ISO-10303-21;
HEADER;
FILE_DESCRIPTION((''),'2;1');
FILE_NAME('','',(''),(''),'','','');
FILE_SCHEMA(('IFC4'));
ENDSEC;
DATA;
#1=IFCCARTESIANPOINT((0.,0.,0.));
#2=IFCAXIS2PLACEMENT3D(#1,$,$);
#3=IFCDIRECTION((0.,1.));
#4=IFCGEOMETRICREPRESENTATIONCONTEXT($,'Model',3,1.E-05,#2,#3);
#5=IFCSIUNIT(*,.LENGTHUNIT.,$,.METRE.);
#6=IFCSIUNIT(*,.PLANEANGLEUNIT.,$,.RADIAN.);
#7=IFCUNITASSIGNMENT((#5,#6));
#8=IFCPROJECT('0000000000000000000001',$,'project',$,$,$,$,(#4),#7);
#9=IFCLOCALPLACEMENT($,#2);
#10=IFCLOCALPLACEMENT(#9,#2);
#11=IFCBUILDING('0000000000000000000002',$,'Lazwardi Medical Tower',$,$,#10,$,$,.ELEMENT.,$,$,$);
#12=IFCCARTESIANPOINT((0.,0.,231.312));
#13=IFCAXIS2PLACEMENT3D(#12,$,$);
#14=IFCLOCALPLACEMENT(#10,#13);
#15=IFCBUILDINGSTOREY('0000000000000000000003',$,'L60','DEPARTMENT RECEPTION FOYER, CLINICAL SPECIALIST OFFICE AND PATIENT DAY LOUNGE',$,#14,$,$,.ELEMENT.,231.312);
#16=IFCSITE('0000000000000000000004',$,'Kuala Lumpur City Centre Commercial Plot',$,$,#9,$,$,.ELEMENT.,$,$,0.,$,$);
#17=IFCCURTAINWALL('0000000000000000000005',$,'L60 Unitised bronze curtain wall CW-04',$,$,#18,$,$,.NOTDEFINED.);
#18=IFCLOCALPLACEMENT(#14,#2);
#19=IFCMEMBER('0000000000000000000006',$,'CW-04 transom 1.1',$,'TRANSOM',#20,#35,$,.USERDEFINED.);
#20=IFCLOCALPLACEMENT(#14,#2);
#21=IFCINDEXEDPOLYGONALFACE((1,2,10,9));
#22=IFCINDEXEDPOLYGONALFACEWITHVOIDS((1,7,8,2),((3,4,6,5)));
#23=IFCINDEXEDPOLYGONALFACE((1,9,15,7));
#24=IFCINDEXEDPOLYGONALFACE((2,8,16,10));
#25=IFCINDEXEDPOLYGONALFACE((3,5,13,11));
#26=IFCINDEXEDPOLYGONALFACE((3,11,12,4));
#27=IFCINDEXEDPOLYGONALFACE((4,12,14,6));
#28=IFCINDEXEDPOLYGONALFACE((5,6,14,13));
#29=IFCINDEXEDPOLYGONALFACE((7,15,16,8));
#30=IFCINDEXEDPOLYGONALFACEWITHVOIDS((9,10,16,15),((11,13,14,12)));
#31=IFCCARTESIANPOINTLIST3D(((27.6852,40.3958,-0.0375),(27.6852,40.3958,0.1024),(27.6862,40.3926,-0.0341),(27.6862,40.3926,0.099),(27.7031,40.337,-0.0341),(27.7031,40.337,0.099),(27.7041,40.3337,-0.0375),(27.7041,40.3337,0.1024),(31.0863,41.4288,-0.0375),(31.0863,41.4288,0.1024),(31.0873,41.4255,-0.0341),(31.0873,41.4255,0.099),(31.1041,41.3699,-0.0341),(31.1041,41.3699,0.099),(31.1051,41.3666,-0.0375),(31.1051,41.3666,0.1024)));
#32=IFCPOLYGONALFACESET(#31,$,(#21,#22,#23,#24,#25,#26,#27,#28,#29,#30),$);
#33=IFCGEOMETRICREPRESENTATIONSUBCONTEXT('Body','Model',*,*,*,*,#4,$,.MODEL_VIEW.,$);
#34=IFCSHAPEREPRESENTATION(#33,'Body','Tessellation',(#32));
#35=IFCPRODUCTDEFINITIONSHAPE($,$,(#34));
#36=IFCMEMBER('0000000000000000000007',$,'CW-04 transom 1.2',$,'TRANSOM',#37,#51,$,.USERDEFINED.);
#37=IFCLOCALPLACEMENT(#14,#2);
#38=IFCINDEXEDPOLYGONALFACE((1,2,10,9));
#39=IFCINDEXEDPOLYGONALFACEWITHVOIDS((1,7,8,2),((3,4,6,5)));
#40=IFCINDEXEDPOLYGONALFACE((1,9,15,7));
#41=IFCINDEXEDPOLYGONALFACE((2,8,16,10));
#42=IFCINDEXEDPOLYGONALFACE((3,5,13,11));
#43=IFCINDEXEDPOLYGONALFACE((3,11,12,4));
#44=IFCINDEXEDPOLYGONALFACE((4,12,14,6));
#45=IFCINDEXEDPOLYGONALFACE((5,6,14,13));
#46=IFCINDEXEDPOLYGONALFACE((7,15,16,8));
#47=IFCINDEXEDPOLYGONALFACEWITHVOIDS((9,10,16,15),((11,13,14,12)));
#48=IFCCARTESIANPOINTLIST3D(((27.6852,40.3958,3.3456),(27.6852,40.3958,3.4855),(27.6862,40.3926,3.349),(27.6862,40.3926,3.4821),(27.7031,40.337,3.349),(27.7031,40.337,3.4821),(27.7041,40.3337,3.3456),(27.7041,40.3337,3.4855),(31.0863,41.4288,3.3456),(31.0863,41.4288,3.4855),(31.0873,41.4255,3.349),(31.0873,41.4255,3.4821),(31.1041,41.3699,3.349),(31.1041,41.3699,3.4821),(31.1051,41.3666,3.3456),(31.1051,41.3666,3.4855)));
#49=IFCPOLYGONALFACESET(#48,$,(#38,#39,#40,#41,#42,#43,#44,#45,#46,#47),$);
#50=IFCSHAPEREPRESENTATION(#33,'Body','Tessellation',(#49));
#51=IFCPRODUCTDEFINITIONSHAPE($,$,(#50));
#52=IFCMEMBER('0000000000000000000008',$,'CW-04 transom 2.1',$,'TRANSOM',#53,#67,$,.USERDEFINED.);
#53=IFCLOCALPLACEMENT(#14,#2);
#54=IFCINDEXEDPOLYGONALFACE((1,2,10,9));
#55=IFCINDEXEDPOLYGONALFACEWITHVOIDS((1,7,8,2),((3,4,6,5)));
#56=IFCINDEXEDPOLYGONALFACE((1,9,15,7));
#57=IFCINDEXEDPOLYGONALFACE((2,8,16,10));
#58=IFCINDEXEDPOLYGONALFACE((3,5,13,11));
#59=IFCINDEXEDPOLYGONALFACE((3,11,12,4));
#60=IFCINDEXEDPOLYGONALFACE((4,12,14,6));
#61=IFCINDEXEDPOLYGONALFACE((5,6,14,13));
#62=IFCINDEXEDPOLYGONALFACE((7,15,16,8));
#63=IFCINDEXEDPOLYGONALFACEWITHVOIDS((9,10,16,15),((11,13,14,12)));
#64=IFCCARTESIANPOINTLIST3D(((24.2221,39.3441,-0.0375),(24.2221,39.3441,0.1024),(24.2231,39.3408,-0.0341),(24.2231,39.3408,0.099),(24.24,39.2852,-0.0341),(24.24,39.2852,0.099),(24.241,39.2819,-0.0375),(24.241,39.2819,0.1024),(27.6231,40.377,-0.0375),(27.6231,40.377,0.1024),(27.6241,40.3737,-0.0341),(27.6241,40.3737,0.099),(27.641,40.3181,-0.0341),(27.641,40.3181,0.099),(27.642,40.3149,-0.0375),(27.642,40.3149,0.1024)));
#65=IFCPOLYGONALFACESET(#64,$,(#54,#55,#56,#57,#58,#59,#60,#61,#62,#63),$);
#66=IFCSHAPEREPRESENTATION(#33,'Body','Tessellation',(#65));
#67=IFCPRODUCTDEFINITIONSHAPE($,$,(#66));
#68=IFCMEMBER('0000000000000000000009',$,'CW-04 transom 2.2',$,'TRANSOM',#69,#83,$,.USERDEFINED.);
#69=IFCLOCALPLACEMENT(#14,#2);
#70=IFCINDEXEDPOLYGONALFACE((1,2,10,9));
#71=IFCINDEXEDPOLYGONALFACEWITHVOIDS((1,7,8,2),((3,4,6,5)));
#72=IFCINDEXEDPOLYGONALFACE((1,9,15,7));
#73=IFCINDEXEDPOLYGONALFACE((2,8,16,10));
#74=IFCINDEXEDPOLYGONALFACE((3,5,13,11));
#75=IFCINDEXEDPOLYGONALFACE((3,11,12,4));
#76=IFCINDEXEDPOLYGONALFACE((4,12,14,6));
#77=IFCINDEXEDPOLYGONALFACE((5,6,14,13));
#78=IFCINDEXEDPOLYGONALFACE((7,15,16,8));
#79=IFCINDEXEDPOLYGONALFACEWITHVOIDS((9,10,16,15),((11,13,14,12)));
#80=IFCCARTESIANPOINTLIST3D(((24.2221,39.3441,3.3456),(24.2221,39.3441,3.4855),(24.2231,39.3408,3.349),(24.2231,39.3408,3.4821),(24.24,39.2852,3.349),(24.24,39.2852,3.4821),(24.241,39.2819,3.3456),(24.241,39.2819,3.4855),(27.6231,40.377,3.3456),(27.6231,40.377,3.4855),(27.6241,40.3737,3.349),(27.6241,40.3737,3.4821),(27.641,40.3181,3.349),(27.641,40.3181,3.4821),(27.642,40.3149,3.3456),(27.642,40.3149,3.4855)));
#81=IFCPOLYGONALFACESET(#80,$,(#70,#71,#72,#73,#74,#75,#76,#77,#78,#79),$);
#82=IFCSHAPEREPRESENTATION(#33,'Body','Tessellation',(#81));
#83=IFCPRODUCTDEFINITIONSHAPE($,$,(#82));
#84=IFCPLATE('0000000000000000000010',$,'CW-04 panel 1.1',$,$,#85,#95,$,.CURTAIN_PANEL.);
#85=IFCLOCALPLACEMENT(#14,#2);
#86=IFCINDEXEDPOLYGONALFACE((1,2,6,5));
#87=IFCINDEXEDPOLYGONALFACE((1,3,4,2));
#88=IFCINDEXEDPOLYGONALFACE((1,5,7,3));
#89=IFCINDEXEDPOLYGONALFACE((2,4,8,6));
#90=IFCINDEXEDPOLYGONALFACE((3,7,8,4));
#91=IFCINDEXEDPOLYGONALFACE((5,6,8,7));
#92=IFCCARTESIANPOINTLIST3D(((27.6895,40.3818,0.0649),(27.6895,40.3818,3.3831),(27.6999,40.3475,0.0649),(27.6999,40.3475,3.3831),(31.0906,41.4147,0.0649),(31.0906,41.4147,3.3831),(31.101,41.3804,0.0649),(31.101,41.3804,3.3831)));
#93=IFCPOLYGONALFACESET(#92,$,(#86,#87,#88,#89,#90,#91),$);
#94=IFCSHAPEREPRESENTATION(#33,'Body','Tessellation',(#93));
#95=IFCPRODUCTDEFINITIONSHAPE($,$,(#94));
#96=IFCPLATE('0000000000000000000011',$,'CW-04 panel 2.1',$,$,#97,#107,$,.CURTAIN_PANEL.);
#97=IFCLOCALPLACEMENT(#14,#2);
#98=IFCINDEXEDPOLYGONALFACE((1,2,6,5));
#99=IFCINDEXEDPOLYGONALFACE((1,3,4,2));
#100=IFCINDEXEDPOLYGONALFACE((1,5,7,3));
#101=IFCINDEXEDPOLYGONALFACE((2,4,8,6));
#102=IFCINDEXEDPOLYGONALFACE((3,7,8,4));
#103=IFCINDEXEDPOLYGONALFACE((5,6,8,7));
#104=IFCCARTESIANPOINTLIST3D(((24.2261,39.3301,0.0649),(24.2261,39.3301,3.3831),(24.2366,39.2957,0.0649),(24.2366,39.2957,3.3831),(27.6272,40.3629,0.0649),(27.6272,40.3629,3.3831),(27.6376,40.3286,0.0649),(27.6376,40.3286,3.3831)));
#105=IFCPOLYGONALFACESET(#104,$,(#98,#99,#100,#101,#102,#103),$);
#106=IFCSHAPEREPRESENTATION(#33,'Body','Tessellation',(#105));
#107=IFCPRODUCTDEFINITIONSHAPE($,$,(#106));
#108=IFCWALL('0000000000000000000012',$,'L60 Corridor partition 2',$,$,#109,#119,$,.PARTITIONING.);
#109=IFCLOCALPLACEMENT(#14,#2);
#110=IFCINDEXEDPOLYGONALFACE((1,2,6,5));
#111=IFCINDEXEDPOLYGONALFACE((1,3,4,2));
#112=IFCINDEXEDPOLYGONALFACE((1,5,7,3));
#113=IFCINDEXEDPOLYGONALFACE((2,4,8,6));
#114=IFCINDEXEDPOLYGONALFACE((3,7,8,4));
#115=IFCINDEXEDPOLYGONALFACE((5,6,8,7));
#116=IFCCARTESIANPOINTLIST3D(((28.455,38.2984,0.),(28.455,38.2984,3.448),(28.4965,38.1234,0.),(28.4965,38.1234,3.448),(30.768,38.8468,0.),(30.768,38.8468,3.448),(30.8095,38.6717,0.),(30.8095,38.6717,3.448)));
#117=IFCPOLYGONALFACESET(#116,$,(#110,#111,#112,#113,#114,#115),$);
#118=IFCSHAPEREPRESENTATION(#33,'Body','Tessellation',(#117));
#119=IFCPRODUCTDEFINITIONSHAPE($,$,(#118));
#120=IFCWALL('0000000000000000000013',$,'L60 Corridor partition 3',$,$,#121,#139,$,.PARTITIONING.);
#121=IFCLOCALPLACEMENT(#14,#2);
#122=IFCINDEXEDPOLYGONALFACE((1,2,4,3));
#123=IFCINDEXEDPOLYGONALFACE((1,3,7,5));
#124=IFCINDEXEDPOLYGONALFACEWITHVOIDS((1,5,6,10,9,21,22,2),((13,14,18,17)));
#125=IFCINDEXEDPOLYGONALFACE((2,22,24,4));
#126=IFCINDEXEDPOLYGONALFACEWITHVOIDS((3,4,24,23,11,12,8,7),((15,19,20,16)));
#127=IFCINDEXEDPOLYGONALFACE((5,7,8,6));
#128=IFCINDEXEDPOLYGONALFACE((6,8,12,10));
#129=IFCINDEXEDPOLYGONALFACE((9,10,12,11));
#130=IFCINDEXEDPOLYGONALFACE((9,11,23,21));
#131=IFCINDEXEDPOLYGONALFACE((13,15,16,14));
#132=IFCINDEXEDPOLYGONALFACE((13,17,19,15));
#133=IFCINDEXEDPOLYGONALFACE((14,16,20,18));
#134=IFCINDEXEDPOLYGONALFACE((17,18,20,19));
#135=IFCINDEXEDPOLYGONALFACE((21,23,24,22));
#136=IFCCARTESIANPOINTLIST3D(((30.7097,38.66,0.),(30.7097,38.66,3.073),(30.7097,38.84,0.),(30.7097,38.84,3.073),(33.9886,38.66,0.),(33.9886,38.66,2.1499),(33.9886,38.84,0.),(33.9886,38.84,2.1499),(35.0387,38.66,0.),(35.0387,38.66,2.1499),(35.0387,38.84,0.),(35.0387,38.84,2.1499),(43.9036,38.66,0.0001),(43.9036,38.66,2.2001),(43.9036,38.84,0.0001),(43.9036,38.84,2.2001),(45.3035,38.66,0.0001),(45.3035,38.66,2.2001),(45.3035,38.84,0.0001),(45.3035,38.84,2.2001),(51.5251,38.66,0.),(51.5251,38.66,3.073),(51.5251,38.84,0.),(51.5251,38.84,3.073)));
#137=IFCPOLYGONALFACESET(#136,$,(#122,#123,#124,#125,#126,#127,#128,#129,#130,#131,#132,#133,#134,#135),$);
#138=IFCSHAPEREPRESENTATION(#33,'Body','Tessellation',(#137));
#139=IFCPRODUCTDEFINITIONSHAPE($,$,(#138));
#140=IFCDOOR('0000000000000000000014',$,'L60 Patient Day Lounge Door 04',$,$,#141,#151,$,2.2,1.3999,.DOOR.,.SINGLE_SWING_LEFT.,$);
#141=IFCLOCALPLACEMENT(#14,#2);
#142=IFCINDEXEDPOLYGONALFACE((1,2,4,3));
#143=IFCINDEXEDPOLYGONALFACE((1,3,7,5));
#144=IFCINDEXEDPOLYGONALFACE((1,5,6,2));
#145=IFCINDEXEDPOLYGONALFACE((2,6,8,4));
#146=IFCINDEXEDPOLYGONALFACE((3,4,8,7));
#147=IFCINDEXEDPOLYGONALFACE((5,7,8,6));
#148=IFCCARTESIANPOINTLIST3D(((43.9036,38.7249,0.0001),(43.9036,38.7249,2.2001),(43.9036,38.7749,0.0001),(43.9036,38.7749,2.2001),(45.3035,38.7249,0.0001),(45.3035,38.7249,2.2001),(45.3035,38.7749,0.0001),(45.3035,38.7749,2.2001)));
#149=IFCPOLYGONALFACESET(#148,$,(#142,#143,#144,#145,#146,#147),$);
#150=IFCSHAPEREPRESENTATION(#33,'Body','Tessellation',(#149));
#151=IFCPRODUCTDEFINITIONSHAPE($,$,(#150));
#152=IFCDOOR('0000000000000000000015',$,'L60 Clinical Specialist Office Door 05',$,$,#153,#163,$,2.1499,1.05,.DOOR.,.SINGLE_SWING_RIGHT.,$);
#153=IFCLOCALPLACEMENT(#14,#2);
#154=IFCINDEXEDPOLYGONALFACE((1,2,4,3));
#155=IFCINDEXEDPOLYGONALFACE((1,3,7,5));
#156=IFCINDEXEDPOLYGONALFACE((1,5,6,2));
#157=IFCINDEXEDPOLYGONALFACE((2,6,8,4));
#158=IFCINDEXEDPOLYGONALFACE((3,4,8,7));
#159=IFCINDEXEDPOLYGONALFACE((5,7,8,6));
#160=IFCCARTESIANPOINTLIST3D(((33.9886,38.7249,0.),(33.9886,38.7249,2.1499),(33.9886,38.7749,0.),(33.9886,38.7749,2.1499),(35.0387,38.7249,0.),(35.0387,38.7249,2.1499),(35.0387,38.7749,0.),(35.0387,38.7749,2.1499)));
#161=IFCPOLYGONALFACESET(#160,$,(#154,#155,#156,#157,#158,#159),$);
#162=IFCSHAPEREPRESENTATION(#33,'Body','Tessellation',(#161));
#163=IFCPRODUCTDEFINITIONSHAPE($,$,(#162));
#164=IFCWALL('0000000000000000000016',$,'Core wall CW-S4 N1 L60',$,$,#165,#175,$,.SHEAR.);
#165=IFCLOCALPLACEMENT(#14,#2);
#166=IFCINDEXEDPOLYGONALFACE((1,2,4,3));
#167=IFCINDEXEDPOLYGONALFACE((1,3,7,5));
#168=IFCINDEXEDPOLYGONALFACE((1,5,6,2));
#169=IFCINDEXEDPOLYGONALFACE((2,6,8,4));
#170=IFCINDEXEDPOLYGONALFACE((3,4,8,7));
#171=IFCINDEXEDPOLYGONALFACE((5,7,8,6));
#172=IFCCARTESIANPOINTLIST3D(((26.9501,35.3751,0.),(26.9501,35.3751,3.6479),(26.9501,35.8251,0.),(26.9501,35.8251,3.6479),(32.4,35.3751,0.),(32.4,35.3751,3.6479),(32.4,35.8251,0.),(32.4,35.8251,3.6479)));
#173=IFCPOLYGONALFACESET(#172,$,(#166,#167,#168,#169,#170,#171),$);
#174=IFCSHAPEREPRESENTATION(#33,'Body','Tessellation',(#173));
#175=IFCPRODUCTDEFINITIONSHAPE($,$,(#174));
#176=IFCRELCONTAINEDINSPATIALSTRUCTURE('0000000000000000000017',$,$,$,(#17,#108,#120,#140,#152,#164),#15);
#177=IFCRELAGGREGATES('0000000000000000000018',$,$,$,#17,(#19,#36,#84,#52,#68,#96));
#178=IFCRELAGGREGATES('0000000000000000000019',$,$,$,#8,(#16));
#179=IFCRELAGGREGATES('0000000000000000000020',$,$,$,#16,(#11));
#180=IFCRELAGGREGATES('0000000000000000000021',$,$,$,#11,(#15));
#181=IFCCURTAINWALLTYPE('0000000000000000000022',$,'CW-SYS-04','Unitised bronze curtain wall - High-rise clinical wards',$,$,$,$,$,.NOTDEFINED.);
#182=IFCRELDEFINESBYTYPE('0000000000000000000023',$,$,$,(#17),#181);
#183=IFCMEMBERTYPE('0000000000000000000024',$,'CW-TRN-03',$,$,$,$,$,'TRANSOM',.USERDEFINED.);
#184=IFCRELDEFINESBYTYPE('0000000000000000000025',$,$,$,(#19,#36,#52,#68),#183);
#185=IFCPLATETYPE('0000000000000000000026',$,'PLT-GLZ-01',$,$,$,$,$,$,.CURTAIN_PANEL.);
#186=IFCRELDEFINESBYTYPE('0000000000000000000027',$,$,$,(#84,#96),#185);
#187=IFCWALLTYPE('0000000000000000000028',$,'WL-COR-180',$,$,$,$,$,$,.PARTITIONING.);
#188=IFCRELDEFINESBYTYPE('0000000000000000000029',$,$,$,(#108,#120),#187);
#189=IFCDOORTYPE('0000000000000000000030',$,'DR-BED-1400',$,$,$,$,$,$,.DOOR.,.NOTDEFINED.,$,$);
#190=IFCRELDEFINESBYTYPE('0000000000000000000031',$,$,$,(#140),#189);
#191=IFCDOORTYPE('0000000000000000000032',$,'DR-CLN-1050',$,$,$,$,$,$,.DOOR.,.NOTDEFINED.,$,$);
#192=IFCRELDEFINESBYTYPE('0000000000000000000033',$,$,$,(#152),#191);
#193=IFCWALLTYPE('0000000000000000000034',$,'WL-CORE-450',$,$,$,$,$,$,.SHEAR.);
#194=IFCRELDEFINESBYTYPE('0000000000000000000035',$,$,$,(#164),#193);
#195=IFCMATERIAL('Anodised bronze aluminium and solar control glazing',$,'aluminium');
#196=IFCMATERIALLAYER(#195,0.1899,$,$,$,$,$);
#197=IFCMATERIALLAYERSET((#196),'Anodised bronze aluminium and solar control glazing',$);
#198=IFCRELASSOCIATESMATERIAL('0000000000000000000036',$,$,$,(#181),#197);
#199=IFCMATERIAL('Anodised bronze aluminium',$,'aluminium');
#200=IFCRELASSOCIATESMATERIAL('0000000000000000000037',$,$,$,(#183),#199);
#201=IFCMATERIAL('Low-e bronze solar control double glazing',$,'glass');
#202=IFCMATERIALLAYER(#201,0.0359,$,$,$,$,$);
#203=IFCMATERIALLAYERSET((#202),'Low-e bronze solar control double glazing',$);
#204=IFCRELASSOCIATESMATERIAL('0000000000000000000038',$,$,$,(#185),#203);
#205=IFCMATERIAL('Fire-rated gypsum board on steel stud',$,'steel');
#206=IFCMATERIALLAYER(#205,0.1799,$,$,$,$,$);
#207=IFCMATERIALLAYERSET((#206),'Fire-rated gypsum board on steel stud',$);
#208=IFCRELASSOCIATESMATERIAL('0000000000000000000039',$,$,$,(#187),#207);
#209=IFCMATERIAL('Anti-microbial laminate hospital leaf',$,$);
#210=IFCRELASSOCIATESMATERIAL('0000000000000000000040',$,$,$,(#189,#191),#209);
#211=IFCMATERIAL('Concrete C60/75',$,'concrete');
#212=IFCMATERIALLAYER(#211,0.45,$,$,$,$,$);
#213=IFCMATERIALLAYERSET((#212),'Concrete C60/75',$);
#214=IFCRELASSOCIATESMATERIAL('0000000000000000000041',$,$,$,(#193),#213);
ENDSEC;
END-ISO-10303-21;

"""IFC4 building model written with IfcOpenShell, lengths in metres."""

from ifc_helpers import new_model, si_unit, direction, frame, frame_2d, origin, origin_2d, place, context, subcontext, project, spatial, rectangle, hollow_rectangle, extrude, material, layer, layer_set, material_profile, profile_set, type_object, element, fill, aggregate, save


model = new_model("IFC4")

# Units and contexts
model_context = context("Model", 3, precision=1e-05, world=origin(), true_north=direction((0.0, 1.0)))
body_context = subcontext(model_context, "Body", "Model", "MODEL_VIEW")
ifc_project = project(units=[si_unit("LENGTHUNIT", "METRE"), si_unit("PLANEANGLEUNIT", "RADIAN")], contexts=[model_context])

# Site, building, storey
site_placement = place(None, origin())
site = spatial("IfcSite", under=ifc_project, at=site_placement, Name="Kuala Lumpur City Centre Commercial Plot", CompositionType="ELEMENT", RefElevation=0.0)
building_placement = place(site_placement, origin())
building = spatial("IfcBuilding", under=site, at=building_placement, Name="Lazwardi Medical Tower", CompositionType="ELEMENT")
storey_placement = place(building_placement, frame((0.0, 0.0, 231.312)))
storey = spatial("IfcBuildingStorey", under=building, at=storey_placement, Name="L60", Description="DEPARTMENT RECEPTION FOYER, CLINICAL SPECIALIST OFFICE AND PATIENT DAY LOUNGE", CompositionType="ELEMENT", Elevation=231.312)

# Shared definitions
ifc_material_1 = material(Name="Concrete C60/75", Category="concrete")

# Curtain wall, members, plates
ifc_material_2 = material(Name="Anodised bronze aluminium and solar control glazing", Category="aluminium")
ifc_layer_1 = layer(ifc_material_2, 0.1899)
ifc_layer_set_1 = layer_set([ifc_layer_1], Name="Anodised bronze aluminium and solar control glazing")
curtain_wall_type = type_object("IfcCurtainWallType", Name="CW-SYS-04", Description="Unitised bronze curtain wall - High-rise clinical wards", PredefinedType="NOTDEFINED", material=ifc_layer_set_1)
curtain_wall_placement = place(storey_placement, origin())
curtain_wall = element("IfcCurtainWall", 1, at=curtain_wall_placement, inside=storey, type_object=curtain_wall_type, Name="L60 Unitised bronze curtain wall CW-04", PredefinedType="NOTDEFINED")
ifc_material_3 = material(Name="Anodised bronze aluminium", Category="aluminium")
ifc_material_profile_1 = material_profile(ifc_material_3, hollow_rectangle(XDim=0.0649, YDim=0.1399, WallThickness=0.0034, at=origin_2d()), Name="ALU-TRANSOM 140x65x3.5")
ifc_profile_set_1 = profile_set([ifc_material_profile_1], Name="Anodised bronze aluminium")
member_type_1 = type_object("IfcMemberType", Name="CW-TRN-03", ElementType="TRANSOM", PredefinedType="USERDEFINED", material=ifc_profile_set_1)
member_1_placement = place(storey_placement, frame((31.0957, 41.3977, 0.0325), z_axis=(-0.956843, -0.290604, 0.0), x_axis=(0.290604, -0.956843, 0.0)))
member_1 = element("IfcMember", 2, at=member_1_placement, type_object=member_type_1, Name="CW-04 transom 1.1", ObjectType="TRANSOM", PredefinedType="USERDEFINED", context=body_context, shape_type="SweptSolid", body=[
    extrude(hollow_rectangle(XDim=0.0649, YDim=0.1399, WallThickness=0.0034, at=origin_2d()), origin(), (0.0, 0.0, 1.0), 3.5544),
])
member_2_placement = place(storey_placement, frame((31.0957, 41.3977, 3.4155), z_axis=(-0.956843, -0.290604, 0.0), x_axis=(0.290604, -0.956843, 0.0)))
member_2 = element("IfcMember", 3, at=member_2_placement, type_object=member_type_1, Name="CW-04 transom 1.2", ObjectType="TRANSOM", PredefinedType="USERDEFINED", context=body_context, shape_type="SweptSolid", body=[
    extrude(hollow_rectangle(XDim=0.0649, YDim=0.1399, WallThickness=0.0034, at=origin_2d()), origin(), (0.0, 0.0, 1.0), 3.5544),
])
member_3_placement = place(storey_placement, frame((27.6326, 40.3459, 0.0325), z_axis=(-0.956843, -0.290604, 0.0), x_axis=(0.290604, -0.956843, 0.0)))
member_3 = element("IfcMember", 4, at=member_3_placement, type_object=member_type_1, Name="CW-04 transom 2.1", ObjectType="TRANSOM", PredefinedType="USERDEFINED", context=body_context, shape_type="SweptSolid", body=[
    extrude(hollow_rectangle(XDim=0.0649, YDim=0.1399, WallThickness=0.0034, at=origin_2d()), origin(), (0.0, 0.0, 1.0), 3.5544),
])
member_4_placement = place(storey_placement, frame((27.6326, 40.3459, 3.4155), z_axis=(-0.956843, -0.290604, 0.0), x_axis=(0.290604, -0.956843, 0.0)))
member_4 = element("IfcMember", 5, at=member_4_placement, type_object=member_type_1, Name="CW-04 transom 2.2", ObjectType="TRANSOM", PredefinedType="USERDEFINED", context=body_context, shape_type="SweptSolid", body=[
    extrude(hollow_rectangle(XDim=0.0649, YDim=0.1399, WallThickness=0.0034, at=origin_2d()), origin(), (0.0, 0.0, 1.0), 3.5544),
])
ifc_material_4 = material(Name="Low-e bronze solar control double glazing", Category="glass")
ifc_layer_2 = layer(ifc_material_4, 0.0359)
ifc_layer_set_2 = layer_set([ifc_layer_2], Name="Low-e bronze solar control double glazing")
plate_type = type_object("IfcPlateType", Name="PLT-GLZ-01", PredefinedType="CURTAIN_PANEL", material=ifc_layer_set_2)
plate_1_placement = place(storey_placement, frame((29.3953, 40.8811, 0.0649), z_axis=(0.0, 0.0, 1.0), x_axis=(-0.95685, -0.290582, 0.0)))
plate_1 = element("IfcPlate", 6, at=plate_1_placement, type_object=plate_type, Name="CW-04 panel 1.1", PredefinedType="CURTAIN_PANEL", context=body_context, shape_type="SweptSolid", body=[
    extrude(rectangle(XDim=3.5544, YDim=0.0359, at=origin_2d()), origin(), (0.0, 0.0, 1.0), 3.3181),
])
plate_2_placement = place(storey_placement, frame((25.9319, 39.8293, 0.0649), z_axis=(0.0, 0.0, 1.0), x_axis=(-0.95685, -0.290582, 0.0)))
plate_2 = element("IfcPlate", 7, at=plate_2_placement, type_object=plate_type, Name="CW-04 panel 2.1", PredefinedType="CURTAIN_PANEL", context=body_context, shape_type="SweptSolid", body=[
    extrude(rectangle(XDim=3.5544, YDim=0.0359, at=origin_2d()), origin(), (0.0, 0.0, 1.0), 3.3181),
])
aggregate(curtain_wall, [member_1, member_2, plate_1, member_3, member_4, plate_2])

# Wall
ifc_material_5 = material(Name="Fire-rated gypsum board on steel stud", Category="steel")
ifc_layer_3 = layer(ifc_material_5, 0.1799)
ifc_layer_set_3 = layer_set([ifc_layer_3], Name="Fire-rated gypsum board on steel stud")
wall_type_1 = type_object("IfcWallType", Name="WL-COR-180", PredefinedType="PARTITIONING", material=ifc_layer_set_3)
wall_1_placement = place(storey_placement, frame((28.4758, 38.2109, 0.0), z_axis=(0.0, 0.0, 1.0), x_axis=(0.973031, 0.230676, 0.0)))
element("IfcWall", 8, at=wall_1_placement, inside=storey, type_object=wall_type_1, Name="L60 Corridor partition 2", PredefinedType="PARTITIONING", context=body_context, shape_type="SweptSolid", body=[
    extrude(rectangle(XDim=2.3772, YDim=0.1799, at=frame_2d((1.1885, 0.0))), origin(), (0.0, 0.0, 1.0), 3.448),
])

# Wall, openings, doors
wall_2_placement = place(storey_placement, frame((30.7097, 38.75, 0.0), z_axis=(0.0, 0.0, 1.0), x_axis=(1.0, 0.0, 0.0)))
wall_2 = element("IfcWall", 9, at=wall_2_placement, inside=storey, type_object=wall_type_1, Name="L60 Corridor partition 3", PredefinedType="PARTITIONING", context=body_context, shape_type="SweptSolid", body=[
    extrude(rectangle(XDim=20.8154, YDim=0.1799, at=frame_2d((10.4077, 0.0))), origin(), (0.0, 0.0, 1.0), 3.073),
])
opening_1_placement = place(wall_2_placement, frame((13.1938, 0.0, 0.0)))
opening_1 = element("IfcOpeningElement", 10, at=opening_1_placement, cuts=wall_2, PredefinedType="OPENING", context=body_context, shape_type="SweptSolid", body=[
    extrude(rectangle(XDim=1.3999, YDim=2.2, at=frame_2d((0.7, 1.1001))), frame((0.0, 0.0999, 0.0), z_axis=(0.0, -1.0, 0.0), x_axis=(1.0, 0.0, 0.0)), (0.0, 0.0, 1.0), 0.2),
])
opening_2_placement = place(wall_2_placement, frame((3.2791, 0.0, 0.0)))
opening_2 = element("IfcOpeningElement", 11, at=opening_2_placement, cuts=wall_2, PredefinedType="OPENING", context=body_context, shape_type="SweptSolid", body=[
    extrude(rectangle(XDim=1.05, YDim=2.1499, at=frame_2d((0.5249, 1.075))), frame((0.0, 0.0999, 0.0), z_axis=(0.0, -1.0, 0.0), x_axis=(1.0, 0.0, 0.0)), (0.0, 0.0, 1.0), 0.2),
])
ifc_material_6 = material(Name="Anti-microbial laminate hospital leaf")
door_type_1 = type_object("IfcDoorType", Name="DR-BED-1400", OperationType="NOTDEFINED", PredefinedType="DOOR", material=ifc_material_6)
door_1_placement = place(opening_1_placement, origin())
door_1 = element("IfcDoor", 12, at=door_1_placement, inside=storey, type_object=door_type_1, Name="L60 Patient Day Lounge Door 04", OperationType="SINGLE_SWING_LEFT", OverallHeight=2.2, OverallWidth=1.3999, PredefinedType="DOOR", context=body_context, shape_type="SweptSolid", body=[
    extrude(rectangle(XDim=1.3999, YDim=2.2, at=frame_2d((0.7, 1.1001))), frame((0.0, 0.0249, 0.0), z_axis=(0.0, -1.0, 0.0), x_axis=(1.0, 0.0, 0.0)), (0.0, 0.0, 1.0), 0.05),
])
fill(opening_1, door_1)
door_type_2 = type_object("IfcDoorType", Name="DR-CLN-1050", OperationType="NOTDEFINED", PredefinedType="DOOR", material=ifc_material_6)
door_2_placement = place(opening_2_placement, origin())
door_2 = element("IfcDoor", 13, at=door_2_placement, inside=storey, type_object=door_type_2, Name="L60 Clinical Specialist Office Door 05", OperationType="SINGLE_SWING_RIGHT", OverallHeight=2.1499, OverallWidth=1.05, PredefinedType="DOOR", context=body_context, shape_type="SweptSolid", body=[
    extrude(rectangle(XDim=1.05, YDim=2.1499, at=frame_2d((0.5249, 1.075))), frame((0.0, 0.0249, 0.0), z_axis=(0.0, -1.0, 0.0), x_axis=(1.0, 0.0, 0.0)), (0.0, 0.0, 1.0), 0.05),
])
fill(opening_2, door_2)

# Wall
ifc_layer_4 = layer(ifc_material_1, 0.45)
ifc_layer_set_4 = layer_set([ifc_layer_4], Name="Concrete C60/75")
wall_type_2 = type_object("IfcWallType", Name="WL-CORE-450", PredefinedType="SHEAR", material=ifc_layer_set_4)
wall_3_placement = place(storey_placement, frame((26.95, 35.6001, 0.0), z_axis=(0.0, 0.0, 1.0), x_axis=(1.0, 0.0, 0.0)))
element("IfcWall", 14, at=wall_3_placement, inside=storey, type_object=wall_type_2, Name="Core wall CW-S4 N1 L60", PredefinedType="SHEAR", context=body_context, shape_type="SweptSolid", body=[
    extrude(rectangle(XDim=5.45, YDim=0.45, at=frame_2d((2.7251, 0.0))), origin(), (0.0, 0.0, 1.0), 3.6479),
])

save(model, "model.ifc")
